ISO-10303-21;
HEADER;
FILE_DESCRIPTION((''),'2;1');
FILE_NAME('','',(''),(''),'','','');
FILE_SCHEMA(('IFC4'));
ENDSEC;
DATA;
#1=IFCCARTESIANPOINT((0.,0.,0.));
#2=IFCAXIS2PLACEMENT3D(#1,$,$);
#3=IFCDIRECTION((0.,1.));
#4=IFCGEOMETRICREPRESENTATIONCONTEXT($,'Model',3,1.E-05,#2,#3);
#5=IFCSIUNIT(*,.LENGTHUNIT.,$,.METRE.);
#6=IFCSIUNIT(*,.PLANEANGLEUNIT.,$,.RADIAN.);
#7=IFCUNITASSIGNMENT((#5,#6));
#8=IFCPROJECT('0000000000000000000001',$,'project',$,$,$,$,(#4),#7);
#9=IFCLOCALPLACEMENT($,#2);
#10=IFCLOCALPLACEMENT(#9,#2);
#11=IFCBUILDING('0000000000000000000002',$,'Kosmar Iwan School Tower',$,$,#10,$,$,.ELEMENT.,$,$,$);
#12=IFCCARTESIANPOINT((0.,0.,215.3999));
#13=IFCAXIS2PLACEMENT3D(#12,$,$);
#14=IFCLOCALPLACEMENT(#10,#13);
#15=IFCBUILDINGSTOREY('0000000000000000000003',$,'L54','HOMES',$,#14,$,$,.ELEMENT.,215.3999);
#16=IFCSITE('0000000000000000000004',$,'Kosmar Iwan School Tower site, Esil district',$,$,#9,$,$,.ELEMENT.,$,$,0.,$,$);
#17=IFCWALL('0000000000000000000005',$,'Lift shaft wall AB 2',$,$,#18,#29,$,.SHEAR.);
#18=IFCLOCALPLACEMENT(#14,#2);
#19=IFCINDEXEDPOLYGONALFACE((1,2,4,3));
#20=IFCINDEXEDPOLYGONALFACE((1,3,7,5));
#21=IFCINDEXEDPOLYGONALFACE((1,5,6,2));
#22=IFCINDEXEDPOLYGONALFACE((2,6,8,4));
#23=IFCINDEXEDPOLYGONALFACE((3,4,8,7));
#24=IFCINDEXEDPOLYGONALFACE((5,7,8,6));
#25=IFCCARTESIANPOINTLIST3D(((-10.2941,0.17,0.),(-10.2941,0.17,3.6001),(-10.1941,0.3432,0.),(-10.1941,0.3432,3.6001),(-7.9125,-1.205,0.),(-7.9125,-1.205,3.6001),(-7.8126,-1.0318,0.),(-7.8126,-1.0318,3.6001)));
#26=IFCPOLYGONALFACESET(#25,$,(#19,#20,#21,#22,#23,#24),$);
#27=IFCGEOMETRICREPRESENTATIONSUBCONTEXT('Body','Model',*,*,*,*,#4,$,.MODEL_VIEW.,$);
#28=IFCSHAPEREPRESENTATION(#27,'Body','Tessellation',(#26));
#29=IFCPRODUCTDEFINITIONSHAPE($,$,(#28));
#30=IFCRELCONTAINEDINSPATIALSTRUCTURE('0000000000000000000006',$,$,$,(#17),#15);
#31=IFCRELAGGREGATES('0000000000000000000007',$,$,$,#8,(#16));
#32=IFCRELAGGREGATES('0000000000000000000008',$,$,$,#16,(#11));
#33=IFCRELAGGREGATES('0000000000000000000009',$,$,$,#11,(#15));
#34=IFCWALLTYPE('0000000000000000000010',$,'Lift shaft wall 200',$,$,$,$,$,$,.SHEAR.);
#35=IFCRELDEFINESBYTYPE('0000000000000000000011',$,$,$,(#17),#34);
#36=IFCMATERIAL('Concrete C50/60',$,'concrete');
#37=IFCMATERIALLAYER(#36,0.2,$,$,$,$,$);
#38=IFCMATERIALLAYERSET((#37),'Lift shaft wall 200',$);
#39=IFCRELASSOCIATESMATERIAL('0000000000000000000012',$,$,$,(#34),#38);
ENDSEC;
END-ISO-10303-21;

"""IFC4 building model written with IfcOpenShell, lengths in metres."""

from ifc_helpers import new_model, si_unit, direction, frame, frame_2d, origin, place, context, subcontext, project, spatial, rectangle, extrude, material, layer, layer_set, type_object, element, save


model = new_model("IFC4")

# Units and contexts
model_context = context("Model", 3, precision=1e-05, world=origin(), true_north=direction((0.0, 1.0)))
body_context = subcontext(model_context, "Body", "Model", "MODEL_VIEW")
ifc_project = project(units=[si_unit("LENGTHUNIT", "METRE"), si_unit("PLANEANGLEUNIT", "RADIAN")], contexts=[model_context])

# Site, building, storey
site_placement = place(None, origin())
site = spatial("IfcSite", under=ifc_project, at=site_placement, Name="Kosmar Iwan School Tower site, Esil district", CompositionType="ELEMENT", RefElevation=0.0)
building_placement = place(site_placement, origin())
building = spatial("IfcBuilding", under=site, at=building_placement, Name="Kosmar Iwan School Tower", CompositionType="ELEMENT")
storey_placement = place(building_placement, frame((0.0, 0.0, 215.3999)))
storey = spatial("IfcBuildingStorey", under=building, at=storey_placement, Name="L54", Description="HOMES", CompositionType="ELEMENT", Elevation=215.3999)

# Wall
ifc_material_1 = material(Name="Concrete C50/60", Category="concrete")
ifc_layer_1 = layer(ifc_material_1, 0.2)
ifc_layer_set_1 = layer_set([ifc_layer_1], Name="Lift shaft wall 200")
wall_type_1 = type_object("IfcWallType", Name="Lift shaft wall 200", PredefinedType="SHEAR", material=ifc_layer_set_1)
wall_1_placement = place(storey_placement, frame((-7.8625, -1.1184, 0.0), z_axis=(0.0, 0.0, 1.0), x_axis=(-0.866027, 0.499997, 0.0)))
element("IfcWall", 1, at=wall_1_placement, inside=storey, type_object=wall_type_1, Name="Lift shaft wall AB 2", PredefinedType="SHEAR", context=body_context, shape_type="SweptSolid", body=[
    extrude(rectangle(XDim=2.75, YDim=0.2, at=frame_2d((1.375, 0.0))), origin(), (0.0, 0.0, 1.0), 3.6001),
])

save(model, "model.ifc")
